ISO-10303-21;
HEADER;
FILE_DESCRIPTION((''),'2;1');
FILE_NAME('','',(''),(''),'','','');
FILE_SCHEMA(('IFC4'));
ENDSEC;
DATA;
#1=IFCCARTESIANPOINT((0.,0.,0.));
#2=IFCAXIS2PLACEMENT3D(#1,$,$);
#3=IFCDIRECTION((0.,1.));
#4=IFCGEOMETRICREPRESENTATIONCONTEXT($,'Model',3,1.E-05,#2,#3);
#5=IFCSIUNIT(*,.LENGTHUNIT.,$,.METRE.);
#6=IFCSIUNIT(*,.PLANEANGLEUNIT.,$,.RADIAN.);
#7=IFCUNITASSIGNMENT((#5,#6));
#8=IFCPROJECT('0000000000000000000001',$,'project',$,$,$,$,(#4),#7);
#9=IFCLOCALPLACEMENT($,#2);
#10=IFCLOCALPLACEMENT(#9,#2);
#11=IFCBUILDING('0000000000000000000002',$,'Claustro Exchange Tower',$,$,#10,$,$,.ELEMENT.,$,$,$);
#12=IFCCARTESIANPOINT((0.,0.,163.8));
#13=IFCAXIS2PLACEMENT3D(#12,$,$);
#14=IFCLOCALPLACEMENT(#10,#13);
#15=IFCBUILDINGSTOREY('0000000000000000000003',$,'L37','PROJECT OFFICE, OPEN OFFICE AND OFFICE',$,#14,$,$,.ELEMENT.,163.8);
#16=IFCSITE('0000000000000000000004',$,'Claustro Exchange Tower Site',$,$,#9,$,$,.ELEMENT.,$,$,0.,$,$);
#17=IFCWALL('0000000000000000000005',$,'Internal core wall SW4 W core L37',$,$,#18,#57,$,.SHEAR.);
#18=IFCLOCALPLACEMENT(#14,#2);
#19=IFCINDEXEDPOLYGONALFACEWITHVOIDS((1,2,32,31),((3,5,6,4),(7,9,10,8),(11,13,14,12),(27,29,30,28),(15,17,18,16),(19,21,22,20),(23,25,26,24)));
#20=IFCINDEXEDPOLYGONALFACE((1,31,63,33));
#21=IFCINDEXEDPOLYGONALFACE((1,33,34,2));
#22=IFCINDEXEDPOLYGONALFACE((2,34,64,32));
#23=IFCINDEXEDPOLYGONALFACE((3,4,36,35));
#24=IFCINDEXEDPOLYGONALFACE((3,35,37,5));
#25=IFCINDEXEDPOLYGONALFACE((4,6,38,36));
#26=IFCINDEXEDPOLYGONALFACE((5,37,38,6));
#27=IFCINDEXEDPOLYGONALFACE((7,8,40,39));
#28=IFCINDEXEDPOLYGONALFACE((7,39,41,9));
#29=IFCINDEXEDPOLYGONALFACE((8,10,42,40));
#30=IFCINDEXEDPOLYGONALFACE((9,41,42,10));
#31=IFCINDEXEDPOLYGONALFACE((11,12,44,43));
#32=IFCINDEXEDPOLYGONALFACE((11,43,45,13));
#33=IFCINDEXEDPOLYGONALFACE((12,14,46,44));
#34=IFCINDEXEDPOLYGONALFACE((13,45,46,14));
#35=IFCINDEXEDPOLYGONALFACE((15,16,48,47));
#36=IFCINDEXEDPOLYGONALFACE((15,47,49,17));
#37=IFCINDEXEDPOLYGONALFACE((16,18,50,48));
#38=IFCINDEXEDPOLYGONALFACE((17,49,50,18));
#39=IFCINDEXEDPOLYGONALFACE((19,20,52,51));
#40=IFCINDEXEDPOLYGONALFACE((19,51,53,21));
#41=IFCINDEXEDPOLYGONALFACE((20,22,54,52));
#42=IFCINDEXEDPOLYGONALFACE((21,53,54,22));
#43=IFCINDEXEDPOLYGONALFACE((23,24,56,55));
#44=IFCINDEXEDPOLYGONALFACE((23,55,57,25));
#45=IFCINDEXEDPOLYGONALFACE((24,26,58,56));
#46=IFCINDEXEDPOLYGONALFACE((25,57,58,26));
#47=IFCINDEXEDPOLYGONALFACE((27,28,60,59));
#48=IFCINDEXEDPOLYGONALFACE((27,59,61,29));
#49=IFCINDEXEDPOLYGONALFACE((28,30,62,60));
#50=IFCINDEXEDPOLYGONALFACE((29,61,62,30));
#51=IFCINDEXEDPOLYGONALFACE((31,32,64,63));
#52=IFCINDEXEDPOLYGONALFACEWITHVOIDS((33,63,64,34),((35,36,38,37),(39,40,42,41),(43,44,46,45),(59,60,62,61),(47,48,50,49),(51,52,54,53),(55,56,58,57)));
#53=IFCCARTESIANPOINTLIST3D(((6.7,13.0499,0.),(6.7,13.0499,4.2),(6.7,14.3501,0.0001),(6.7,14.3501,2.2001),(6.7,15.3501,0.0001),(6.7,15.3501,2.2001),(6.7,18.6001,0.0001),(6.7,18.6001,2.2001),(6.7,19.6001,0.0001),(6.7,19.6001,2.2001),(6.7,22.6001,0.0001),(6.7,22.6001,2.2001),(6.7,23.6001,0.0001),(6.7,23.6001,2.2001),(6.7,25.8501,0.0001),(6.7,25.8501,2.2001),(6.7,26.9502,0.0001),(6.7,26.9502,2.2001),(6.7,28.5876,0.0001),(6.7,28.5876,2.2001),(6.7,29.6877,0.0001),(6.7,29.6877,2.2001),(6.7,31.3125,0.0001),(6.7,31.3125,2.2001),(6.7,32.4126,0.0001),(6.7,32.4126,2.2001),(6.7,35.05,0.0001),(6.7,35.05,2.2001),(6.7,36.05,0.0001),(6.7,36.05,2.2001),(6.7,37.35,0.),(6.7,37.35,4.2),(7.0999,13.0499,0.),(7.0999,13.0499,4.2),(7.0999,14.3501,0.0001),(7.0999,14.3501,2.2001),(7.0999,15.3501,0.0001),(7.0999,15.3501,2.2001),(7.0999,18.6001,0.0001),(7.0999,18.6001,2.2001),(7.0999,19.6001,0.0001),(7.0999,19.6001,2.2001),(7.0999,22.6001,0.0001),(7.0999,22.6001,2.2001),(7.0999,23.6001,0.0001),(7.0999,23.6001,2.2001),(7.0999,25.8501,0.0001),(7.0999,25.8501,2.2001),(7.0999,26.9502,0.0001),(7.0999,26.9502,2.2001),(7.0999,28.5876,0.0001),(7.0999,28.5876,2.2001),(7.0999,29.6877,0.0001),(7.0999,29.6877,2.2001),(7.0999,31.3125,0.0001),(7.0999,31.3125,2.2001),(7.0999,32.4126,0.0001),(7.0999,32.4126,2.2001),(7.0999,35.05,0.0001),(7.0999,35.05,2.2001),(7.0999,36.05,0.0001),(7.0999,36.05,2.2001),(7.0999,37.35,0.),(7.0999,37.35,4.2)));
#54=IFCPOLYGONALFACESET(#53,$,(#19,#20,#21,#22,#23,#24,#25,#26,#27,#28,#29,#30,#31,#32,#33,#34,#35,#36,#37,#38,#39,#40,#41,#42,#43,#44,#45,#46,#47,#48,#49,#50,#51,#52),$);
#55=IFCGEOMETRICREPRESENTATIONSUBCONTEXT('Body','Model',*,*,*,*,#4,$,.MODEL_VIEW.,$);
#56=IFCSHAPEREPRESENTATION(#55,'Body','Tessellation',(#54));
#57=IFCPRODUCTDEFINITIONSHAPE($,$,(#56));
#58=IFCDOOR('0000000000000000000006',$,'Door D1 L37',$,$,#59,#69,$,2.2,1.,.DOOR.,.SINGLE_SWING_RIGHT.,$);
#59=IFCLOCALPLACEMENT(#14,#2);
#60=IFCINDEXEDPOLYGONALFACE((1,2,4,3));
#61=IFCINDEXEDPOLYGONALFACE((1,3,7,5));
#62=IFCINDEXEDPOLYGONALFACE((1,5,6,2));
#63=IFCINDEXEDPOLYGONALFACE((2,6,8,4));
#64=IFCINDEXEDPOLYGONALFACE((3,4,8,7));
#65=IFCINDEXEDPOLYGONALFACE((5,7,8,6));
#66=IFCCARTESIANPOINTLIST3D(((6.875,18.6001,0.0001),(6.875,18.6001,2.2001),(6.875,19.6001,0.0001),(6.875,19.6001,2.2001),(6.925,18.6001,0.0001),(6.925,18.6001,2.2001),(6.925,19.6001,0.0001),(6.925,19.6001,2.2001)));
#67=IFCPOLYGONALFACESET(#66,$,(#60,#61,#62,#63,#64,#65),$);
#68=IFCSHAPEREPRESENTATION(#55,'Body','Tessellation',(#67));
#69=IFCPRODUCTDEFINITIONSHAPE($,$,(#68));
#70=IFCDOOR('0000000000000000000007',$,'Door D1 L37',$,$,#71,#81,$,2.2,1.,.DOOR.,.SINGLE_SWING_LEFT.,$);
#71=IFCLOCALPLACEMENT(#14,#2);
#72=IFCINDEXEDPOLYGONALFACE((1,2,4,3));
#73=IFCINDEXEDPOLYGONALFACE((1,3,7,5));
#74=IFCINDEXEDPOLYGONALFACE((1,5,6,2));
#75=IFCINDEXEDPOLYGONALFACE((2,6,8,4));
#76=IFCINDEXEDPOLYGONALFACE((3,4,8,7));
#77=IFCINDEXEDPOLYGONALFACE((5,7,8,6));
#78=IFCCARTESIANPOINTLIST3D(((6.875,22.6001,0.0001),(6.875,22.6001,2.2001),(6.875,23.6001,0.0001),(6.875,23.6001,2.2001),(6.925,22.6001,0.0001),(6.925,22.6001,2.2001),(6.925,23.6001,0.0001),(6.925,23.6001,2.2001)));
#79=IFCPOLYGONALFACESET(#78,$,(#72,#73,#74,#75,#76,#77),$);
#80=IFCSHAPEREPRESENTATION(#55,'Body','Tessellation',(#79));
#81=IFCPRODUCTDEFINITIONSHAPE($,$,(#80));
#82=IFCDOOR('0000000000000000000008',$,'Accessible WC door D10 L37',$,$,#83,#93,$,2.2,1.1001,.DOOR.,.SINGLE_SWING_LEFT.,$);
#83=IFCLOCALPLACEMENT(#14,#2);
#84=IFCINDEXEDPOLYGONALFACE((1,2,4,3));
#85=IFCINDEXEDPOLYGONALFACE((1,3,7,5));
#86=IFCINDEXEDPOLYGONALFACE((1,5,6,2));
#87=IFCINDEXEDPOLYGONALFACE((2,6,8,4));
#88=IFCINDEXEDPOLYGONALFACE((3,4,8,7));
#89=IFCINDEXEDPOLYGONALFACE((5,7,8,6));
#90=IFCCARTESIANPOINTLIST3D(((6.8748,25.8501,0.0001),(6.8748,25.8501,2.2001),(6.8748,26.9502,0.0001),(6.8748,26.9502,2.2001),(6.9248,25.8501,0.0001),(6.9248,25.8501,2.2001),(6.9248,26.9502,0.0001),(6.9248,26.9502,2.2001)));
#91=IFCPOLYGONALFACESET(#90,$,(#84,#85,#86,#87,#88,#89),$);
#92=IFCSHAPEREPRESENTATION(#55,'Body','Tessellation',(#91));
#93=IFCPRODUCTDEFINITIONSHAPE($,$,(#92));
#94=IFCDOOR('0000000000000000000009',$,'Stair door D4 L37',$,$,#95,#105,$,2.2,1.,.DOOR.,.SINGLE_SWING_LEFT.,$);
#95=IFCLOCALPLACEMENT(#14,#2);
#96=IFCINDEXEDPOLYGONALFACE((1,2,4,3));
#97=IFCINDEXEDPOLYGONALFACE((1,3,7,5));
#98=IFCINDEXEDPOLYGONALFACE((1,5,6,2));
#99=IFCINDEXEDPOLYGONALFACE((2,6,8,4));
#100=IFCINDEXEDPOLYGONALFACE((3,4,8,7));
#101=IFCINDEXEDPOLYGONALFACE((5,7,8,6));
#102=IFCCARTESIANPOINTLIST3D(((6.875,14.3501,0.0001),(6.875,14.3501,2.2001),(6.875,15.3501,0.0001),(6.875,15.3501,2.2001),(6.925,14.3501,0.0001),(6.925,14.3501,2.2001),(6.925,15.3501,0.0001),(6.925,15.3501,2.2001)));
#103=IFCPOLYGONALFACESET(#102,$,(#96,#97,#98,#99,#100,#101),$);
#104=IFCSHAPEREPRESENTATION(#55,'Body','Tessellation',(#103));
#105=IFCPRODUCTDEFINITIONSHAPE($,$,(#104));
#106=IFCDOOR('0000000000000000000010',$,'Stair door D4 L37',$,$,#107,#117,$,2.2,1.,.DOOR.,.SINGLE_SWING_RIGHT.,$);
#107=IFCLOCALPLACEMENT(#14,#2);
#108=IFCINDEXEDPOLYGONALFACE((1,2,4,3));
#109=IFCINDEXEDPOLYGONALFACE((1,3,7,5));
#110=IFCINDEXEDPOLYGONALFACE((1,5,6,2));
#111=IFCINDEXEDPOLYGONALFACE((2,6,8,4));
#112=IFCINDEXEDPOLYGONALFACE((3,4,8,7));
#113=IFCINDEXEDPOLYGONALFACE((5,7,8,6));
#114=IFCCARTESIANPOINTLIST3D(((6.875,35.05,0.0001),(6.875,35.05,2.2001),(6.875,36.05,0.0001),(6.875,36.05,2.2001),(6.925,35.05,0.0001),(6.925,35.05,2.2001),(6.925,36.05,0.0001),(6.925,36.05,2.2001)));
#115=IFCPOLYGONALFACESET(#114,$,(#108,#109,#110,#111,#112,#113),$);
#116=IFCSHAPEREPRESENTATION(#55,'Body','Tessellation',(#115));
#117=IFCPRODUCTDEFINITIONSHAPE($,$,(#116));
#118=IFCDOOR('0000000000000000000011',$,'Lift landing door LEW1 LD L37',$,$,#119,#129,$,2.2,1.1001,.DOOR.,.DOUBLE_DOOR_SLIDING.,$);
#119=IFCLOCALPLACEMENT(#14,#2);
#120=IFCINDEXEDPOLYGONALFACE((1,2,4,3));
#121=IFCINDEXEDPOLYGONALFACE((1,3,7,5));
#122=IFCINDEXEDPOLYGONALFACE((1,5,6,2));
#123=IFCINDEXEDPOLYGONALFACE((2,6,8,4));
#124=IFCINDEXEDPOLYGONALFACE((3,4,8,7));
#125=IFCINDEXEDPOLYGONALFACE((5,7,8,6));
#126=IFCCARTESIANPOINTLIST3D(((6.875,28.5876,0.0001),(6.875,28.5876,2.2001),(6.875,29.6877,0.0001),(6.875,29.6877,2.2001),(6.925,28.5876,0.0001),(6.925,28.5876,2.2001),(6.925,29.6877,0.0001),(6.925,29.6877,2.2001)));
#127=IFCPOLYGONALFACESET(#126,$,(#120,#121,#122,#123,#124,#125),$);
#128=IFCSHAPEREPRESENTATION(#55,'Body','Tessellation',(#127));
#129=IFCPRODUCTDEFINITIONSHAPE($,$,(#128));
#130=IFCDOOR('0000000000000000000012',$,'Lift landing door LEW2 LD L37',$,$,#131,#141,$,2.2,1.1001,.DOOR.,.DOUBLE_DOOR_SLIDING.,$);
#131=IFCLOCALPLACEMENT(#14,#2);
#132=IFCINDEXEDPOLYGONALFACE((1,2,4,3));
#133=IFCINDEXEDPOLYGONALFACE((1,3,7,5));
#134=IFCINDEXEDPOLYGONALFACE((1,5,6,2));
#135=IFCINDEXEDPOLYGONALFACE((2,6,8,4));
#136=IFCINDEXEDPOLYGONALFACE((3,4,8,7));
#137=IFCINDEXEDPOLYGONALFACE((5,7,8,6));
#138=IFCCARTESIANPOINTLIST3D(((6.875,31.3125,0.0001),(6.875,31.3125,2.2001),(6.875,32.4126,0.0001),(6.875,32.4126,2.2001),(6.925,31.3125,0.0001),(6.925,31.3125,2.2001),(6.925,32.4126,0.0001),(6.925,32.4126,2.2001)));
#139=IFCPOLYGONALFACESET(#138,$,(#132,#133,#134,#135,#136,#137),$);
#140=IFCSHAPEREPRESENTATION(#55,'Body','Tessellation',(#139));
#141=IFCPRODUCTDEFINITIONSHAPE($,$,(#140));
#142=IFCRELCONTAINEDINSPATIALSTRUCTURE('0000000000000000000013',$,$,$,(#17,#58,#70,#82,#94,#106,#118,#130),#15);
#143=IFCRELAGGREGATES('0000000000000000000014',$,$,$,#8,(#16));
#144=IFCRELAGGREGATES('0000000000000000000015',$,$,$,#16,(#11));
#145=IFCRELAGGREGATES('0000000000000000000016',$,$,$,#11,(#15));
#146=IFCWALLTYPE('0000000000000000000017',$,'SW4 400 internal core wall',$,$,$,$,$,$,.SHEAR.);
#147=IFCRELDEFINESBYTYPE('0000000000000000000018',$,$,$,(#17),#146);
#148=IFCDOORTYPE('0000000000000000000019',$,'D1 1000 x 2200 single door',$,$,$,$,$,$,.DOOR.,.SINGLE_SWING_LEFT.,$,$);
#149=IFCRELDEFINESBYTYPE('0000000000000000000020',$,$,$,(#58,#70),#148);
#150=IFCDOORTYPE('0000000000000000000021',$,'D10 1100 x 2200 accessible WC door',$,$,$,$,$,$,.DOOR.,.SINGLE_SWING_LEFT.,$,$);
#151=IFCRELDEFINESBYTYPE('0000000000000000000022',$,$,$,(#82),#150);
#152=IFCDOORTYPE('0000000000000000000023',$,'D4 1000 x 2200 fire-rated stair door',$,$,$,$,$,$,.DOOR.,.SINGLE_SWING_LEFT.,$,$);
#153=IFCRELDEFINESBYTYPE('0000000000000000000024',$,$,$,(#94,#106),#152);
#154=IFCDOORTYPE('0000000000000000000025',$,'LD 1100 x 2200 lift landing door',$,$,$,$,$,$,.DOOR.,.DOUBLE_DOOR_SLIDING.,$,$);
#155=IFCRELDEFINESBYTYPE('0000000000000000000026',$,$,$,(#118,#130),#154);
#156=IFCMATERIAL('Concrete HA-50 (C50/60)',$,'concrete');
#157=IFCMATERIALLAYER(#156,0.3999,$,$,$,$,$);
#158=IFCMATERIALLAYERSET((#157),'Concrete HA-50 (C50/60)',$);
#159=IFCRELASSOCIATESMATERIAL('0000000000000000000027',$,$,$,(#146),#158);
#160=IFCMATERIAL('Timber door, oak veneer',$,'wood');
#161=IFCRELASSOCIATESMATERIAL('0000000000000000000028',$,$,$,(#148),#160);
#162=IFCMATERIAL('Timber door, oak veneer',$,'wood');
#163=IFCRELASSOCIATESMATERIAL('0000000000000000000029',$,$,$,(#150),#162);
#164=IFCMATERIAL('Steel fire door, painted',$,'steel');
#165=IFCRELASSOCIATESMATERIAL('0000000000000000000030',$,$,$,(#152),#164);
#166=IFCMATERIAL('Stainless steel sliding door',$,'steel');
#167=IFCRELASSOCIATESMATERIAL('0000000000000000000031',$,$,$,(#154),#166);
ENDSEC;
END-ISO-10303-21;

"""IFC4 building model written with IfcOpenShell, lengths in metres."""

from ifc_helpers import new_model, si_unit, direction, frame, frame_2d, origin, place, context, subcontext, project, spatial, rectangle, extrude, material, layer, layer_set, type_object, element, fill, save


model = new_model("IFC4")

# Units and contexts
model_context = context("Model", 3, precision=1e-05, world=origin(), true_north=direction((0.0, 1.0)))
body_context = subcontext(model_context, "Body", "Model", "MODEL_VIEW")
ifc_project = project(units=[si_unit("LENGTHUNIT", "METRE"), si_unit("PLANEANGLEUNIT", "RADIAN")], contexts=[model_context])

# Site, building, storey
site_placement = place(None, origin())
site = spatial("IfcSite", under=ifc_project, at=site_placement, Name="Claustro Exchange Tower Site", CompositionType="ELEMENT", RefElevation=0.0)
building_placement = place(site_placement, origin())
building = spatial("IfcBuilding", under=site, at=building_placement, Name="Claustro Exchange Tower", CompositionType="ELEMENT")
storey_placement = place(building_placement, frame((0.0, 0.0, 163.8)))
storey = spatial("IfcBuildingStorey", under=building, at=storey_placement, Name="L37", Description="PROJECT OFFICE, OPEN OFFICE AND OFFICE", CompositionType="ELEMENT", Elevation=163.8)

# Wall, openings, doors
ifc_material_1 = material(Name="Concrete HA-50 (C50/60)", Category="concrete")
ifc_layer_1 = layer(ifc_material_1, 0.3999)
ifc_layer_set_1 = layer_set([ifc_layer_1], Name="Concrete HA-50 (C50/60)")
wall_type_1 = type_object("IfcWallType", Name="SW4 400 internal core wall", PredefinedType="SHEAR", material=ifc_layer_set_1)
wall_1_placement = place(storey_placement, frame((6.8999, 13.05, 0.0), z_axis=(0.0, 0.0, 1.0), x_axis=(0.0, 1.0, 0.0)))
wall_1 = element("IfcWall", 1, at=wall_1_placement, inside=storey, type_object=wall_type_1, Name="Internal core wall SW4 W core L37", PredefinedType="SHEAR", context=body_context, shape_type="SweptSolid", body=[
    extrude(rectangle(XDim=24.3, YDim=0.3999, at=frame_2d((12.1499, 0.0))), origin(), (0.0, 0.0, 1.0), 4.2),
])
opening_1_placement = place(wall_1_placement, frame((1.3, 0.0, 0.0)))
opening_1 = element("IfcOpeningElement", 2, at=opening_1_placement, cuts=wall_1, PredefinedType="OPENING", context=body_context, shape_type="SweptSolid", body=[
    extrude(rectangle(XDim=1.0, YDim=2.2, at=frame_2d((0.5, 1.1001))), frame((0.0, 0.21, 0.0), z_axis=(0.0, -1.0, 0.0), x_axis=(1.0, 0.0, 0.0)), (0.0, 0.0, 1.0), 0.4199),
])
opening_2_placement = place(wall_1_placement, frame((22.0, 0.0, 0.0)))
opening_2 = element("IfcOpeningElement", 3, at=opening_2_placement, cuts=wall_1, PredefinedType="OPENING", context=body_context, shape_type="SweptSolid", body=[
    extrude(rectangle(XDim=1.0, YDim=2.2, at=frame_2d((0.5, 1.1001))), frame((0.0, 0.21, 0.0), z_axis=(0.0, -1.0, 0.0), x_axis=(1.0, 0.0, 0.0)), (0.0, 0.0, 1.0), 0.4199),
])
opening_3_placement = place(wall_1_placement, frame((5.55, 0.0, 0.0)))
opening_3 = element("IfcOpeningElement", 4, at=opening_3_placement, cuts=wall_1, PredefinedType="OPENING", context=body_context, shape_type="SweptSolid", body=[
    extrude(rectangle(XDim=1.0, YDim=2.2, at=frame_2d((0.5, 1.1001))), frame((0.0, 0.21, 0.0), z_axis=(0.0, -1.0, 0.0), x_axis=(1.0, 0.0, 0.0)), (0.0, 0.0, 1.0), 0.4199),
])
opening_4_placement = place(wall_1_placement, frame((9.55, 0.0, 0.0)))
opening_4 = element("IfcOpeningElement", 5, at=opening_4_placement, cuts=wall_1, PredefinedType="OPENING", context=body_context, shape_type="SweptSolid", body=[
    extrude(rectangle(XDim=1.0, YDim=2.2, at=frame_2d((0.5, 1.1001))), frame((0.0, 0.21, 0.0), z_axis=(0.0, -1.0, 0.0), x_axis=(1.0, 0.0, 0.0)), (0.0, 0.0, 1.0), 0.4199),
])
opening_5_placement = place(wall_1_placement, frame((12.8, 0.0, 0.0)))
opening_5 = element("IfcOpeningElement", 6, at=opening_5_placement, cuts=wall_1, PredefinedType="OPENING", context=body_context, shape_type="SweptSolid", body=[
    extrude(rectangle(XDim=1.1001, YDim=2.2, at=frame_2d((0.55, 1.1001))), frame((0.0, 0.21, 0.0), z_axis=(0.0, -1.0, 0.0), x_axis=(1.0, 0.0, 0.0)), (0.0, 0.0, 1.0), 0.4199),
])
opening_6_placement = place(wall_1_placement, frame((15.5376, 0.0, 0.0)))
opening_6 = element("IfcOpeningElement", 7, at=opening_6_placement, cuts=wall_1, PredefinedType="OPENING", context=body_context, shape_type="SweptSolid", body=[
    extrude(rectangle(XDim=1.1001, YDim=2.2, at=frame_2d((0.55, 1.1001))), frame((0.0, 0.21, 0.0), z_axis=(0.0, -1.0, 0.0), x_axis=(1.0, 0.0, 0.0)), (0.0, 0.0, 1.0), 0.4199),
])
opening_7_placement = place(wall_1_placement, frame((18.2625, 0.0, 0.0)))
opening_7 = element("IfcOpeningElement", 8, at=opening_7_placement, cuts=wall_1, PredefinedType="OPENING", context=body_context, shape_type="SweptSolid", body=[
    extrude(rectangle(XDim=1.1001, YDim=2.2, at=frame_2d((0.55, 1.1001))), frame((0.0, 0.21, 0.0), z_axis=(0.0, -1.0, 0.0), x_axis=(1.0, 0.0, 0.0)), (0.0, 0.0, 1.0), 0.4199),
])
ifc_material_2 = material(Name="Timber door, oak veneer", Category="wood")
door_type_1 = type_object("IfcDoorType", Name="D1 1000 x 2200 single door", OperationType="SINGLE_SWING_LEFT", PredefinedType="DOOR", material=ifc_material_2)
door_1_placement = place(opening_3_placement, origin())
door_1 = element("IfcDoor", 9, at=door_1_placement, inside=storey, type_object=door_type_1, Name="Door D1 L37", OperationType="SINGLE_SWING_RIGHT", OverallHeight=2.2, OverallWidth=1.0, PredefinedType="DOOR", context=body_context, shape_type="SweptSolid", body=[
    extrude(rectangle(XDim=1.0, YDim=2.2, at=frame_2d((0.5, 1.1001))), frame((0.0, 0.0249, 0.0), z_axis=(0.0, -1.0, 0.0), x_axis=(1.0, 0.0, 0.0)), (0.0, 0.0, 1.0), 0.05),
])
fill(opening_3, door_1)
door_2_placement = place(opening_4_placement, origin())
door_2 = element("IfcDoor", 10, at=door_2_placement, inside=storey, type_object=door_type_1, Name="Door D1 L37", OperationType="SINGLE_SWING_LEFT", OverallHeight=2.2, OverallWidth=1.0, PredefinedType="DOOR", context=body_context, shape_type="SweptSolid", body=[
    extrude(rectangle(XDim=1.0, YDim=2.2, at=frame_2d((0.5, 1.1001))), frame((0.0, 0.0249, 0.0), z_axis=(0.0, -1.0, 0.0), x_axis=(1.0, 0.0, 0.0)), (0.0, 0.0, 1.0), 0.05),
])
fill(opening_4, door_2)
ifc_material_3 = material(Name="Timber door, oak veneer", Category="wood")
door_type_2 = type_object("IfcDoorType", Name="D10 1100 x 2200 accessible WC door", OperationType="SINGLE_SWING_LEFT", PredefinedType="DOOR", material=ifc_material_3)
door_3_placement = place(opening_5_placement, frame((1.1001, 0.0, 0.0), z_axis=(0.0, 0.0, 1.0), x_axis=(-1.0, 0.0, 0.0)))
door_3 = element("IfcDoor", 11, at=door_3_placement, inside=storey, type_object=door_type_2, Name="Accessible WC door D10 L37", OperationType="SINGLE_SWING_LEFT", OverallHeight=2.2, OverallWidth=1.1001, PredefinedType="DOOR", context=body_context, shape_type="SweptSolid", body=[
    extrude(rectangle(XDim=1.1001, YDim=2.2, at=frame_2d((0.55, 1.1001))), frame((0.0, 0.0249, 0.0), z_axis=(0.0, -1.0, 0.0), x_axis=(1.0, 0.0, 0.0)), (0.0, 0.0, 1.0), 0.05),
])
fill(opening_5, door_3)
ifc_material_4 = material(Name="Steel fire door, painted", Category="steel")
door_type_3 = type_object("IfcDoorType", Name="D4 1000 x 2200 fire-rated stair door", OperationType="SINGLE_SWING_LEFT", PredefinedType="DOOR", material=ifc_material_4)
door_4_placement = place(opening_1_placement, origin())
door_4 = element("IfcDoor", 12, at=door_4_placement, inside=storey, type_object=door_type_3, Name="Stair door D4 L37", OperationType="SINGLE_SWING_LEFT", OverallHeight=2.2, OverallWidth=1.0, PredefinedType="DOOR", context=body_context, shape_type="SweptSolid", body=[
    extrude(rectangle(XDim=1.0, YDim=2.2, at=frame_2d((0.5, 1.1001))), frame((0.0, 0.0249, 0.0), z_axis=(0.0, -1.0, 0.0), x_axis=(1.0, 0.0, 0.0)), (0.0, 0.0, 1.0), 0.05),
])
fill(opening_1, door_4)
door_5_placement = place(opening_2_placement, origin())
door_5 = element("IfcDoor", 13, at=door_5_placement, inside=storey, type_object=door_type_3, Name="Stair door D4 L37", OperationType="SINGLE_SWING_RIGHT", OverallHeight=2.2, OverallWidth=1.0, PredefinedType="DOOR", context=body_context, shape_type="SweptSolid", body=[
    extrude(rectangle(XDim=1.0, YDim=2.2, at=frame_2d((0.5, 1.1001))), frame((0.0, 0.0249, 0.0), z_axis=(0.0, -1.0, 0.0), x_axis=(1.0, 0.0, 0.0)), (0.0, 0.0, 1.0), 0.05),
])
fill(opening_2, door_5)
ifc_material_5 = material(Name="Stainless steel sliding door", Category="steel")
door_type_4 = type_object("IfcDoorType", Name="LD 1100 x 2200 lift landing door", OperationType="DOUBLE_DOOR_SLIDING", PredefinedType="DOOR", material=ifc_material_5)
door_6_placement = place(opening_6_placement, origin())
door_6 = element("IfcDoor", 14, at=door_6_placement, inside=storey, type_object=door_type_4, Name="Lift landing door LEW1 LD L37", OperationType="DOUBLE_DOOR_SLIDING", OverallHeight=2.2, OverallWidth=1.1001, PredefinedType="DOOR", context=body_context, shape_type="SweptSolid", body=[
    extrude(rectangle(XDim=1.1001, YDim=2.2, at=frame_2d((0.55, 1.1001))), frame((0.0, 0.0249, 0.0), z_axis=(0.0, -1.0, 0.0), x_axis=(1.0, 0.0, 0.0)), (0.0, 0.0, 1.0), 0.05),
])
fill(opening_6, door_6)
door_7_placement = place(opening_7_placement, origin())
door_7 = element("IfcDoor", 15, at=door_7_placement, inside=storey, type_object=door_type_4, Name="Lift landing door LEW2 LD L37", OperationType="DOUBLE_DOOR_SLIDING", OverallHeight=2.2, OverallWidth=1.1001, PredefinedType="DOOR", context=body_context, shape_type="SweptSolid", body=[
    extrude(rectangle(XDim=1.1001, YDim=2.2, at=frame_2d((0.55, 1.1001))), frame((0.0, 0.0249, 0.0), z_axis=(0.0, -1.0, 0.0), x_axis=(1.0, 0.0, 0.0)), (0.0, 0.0, 1.0), 0.05),
])
fill(opening_7, door_7)

save(model, "model.ifc")
